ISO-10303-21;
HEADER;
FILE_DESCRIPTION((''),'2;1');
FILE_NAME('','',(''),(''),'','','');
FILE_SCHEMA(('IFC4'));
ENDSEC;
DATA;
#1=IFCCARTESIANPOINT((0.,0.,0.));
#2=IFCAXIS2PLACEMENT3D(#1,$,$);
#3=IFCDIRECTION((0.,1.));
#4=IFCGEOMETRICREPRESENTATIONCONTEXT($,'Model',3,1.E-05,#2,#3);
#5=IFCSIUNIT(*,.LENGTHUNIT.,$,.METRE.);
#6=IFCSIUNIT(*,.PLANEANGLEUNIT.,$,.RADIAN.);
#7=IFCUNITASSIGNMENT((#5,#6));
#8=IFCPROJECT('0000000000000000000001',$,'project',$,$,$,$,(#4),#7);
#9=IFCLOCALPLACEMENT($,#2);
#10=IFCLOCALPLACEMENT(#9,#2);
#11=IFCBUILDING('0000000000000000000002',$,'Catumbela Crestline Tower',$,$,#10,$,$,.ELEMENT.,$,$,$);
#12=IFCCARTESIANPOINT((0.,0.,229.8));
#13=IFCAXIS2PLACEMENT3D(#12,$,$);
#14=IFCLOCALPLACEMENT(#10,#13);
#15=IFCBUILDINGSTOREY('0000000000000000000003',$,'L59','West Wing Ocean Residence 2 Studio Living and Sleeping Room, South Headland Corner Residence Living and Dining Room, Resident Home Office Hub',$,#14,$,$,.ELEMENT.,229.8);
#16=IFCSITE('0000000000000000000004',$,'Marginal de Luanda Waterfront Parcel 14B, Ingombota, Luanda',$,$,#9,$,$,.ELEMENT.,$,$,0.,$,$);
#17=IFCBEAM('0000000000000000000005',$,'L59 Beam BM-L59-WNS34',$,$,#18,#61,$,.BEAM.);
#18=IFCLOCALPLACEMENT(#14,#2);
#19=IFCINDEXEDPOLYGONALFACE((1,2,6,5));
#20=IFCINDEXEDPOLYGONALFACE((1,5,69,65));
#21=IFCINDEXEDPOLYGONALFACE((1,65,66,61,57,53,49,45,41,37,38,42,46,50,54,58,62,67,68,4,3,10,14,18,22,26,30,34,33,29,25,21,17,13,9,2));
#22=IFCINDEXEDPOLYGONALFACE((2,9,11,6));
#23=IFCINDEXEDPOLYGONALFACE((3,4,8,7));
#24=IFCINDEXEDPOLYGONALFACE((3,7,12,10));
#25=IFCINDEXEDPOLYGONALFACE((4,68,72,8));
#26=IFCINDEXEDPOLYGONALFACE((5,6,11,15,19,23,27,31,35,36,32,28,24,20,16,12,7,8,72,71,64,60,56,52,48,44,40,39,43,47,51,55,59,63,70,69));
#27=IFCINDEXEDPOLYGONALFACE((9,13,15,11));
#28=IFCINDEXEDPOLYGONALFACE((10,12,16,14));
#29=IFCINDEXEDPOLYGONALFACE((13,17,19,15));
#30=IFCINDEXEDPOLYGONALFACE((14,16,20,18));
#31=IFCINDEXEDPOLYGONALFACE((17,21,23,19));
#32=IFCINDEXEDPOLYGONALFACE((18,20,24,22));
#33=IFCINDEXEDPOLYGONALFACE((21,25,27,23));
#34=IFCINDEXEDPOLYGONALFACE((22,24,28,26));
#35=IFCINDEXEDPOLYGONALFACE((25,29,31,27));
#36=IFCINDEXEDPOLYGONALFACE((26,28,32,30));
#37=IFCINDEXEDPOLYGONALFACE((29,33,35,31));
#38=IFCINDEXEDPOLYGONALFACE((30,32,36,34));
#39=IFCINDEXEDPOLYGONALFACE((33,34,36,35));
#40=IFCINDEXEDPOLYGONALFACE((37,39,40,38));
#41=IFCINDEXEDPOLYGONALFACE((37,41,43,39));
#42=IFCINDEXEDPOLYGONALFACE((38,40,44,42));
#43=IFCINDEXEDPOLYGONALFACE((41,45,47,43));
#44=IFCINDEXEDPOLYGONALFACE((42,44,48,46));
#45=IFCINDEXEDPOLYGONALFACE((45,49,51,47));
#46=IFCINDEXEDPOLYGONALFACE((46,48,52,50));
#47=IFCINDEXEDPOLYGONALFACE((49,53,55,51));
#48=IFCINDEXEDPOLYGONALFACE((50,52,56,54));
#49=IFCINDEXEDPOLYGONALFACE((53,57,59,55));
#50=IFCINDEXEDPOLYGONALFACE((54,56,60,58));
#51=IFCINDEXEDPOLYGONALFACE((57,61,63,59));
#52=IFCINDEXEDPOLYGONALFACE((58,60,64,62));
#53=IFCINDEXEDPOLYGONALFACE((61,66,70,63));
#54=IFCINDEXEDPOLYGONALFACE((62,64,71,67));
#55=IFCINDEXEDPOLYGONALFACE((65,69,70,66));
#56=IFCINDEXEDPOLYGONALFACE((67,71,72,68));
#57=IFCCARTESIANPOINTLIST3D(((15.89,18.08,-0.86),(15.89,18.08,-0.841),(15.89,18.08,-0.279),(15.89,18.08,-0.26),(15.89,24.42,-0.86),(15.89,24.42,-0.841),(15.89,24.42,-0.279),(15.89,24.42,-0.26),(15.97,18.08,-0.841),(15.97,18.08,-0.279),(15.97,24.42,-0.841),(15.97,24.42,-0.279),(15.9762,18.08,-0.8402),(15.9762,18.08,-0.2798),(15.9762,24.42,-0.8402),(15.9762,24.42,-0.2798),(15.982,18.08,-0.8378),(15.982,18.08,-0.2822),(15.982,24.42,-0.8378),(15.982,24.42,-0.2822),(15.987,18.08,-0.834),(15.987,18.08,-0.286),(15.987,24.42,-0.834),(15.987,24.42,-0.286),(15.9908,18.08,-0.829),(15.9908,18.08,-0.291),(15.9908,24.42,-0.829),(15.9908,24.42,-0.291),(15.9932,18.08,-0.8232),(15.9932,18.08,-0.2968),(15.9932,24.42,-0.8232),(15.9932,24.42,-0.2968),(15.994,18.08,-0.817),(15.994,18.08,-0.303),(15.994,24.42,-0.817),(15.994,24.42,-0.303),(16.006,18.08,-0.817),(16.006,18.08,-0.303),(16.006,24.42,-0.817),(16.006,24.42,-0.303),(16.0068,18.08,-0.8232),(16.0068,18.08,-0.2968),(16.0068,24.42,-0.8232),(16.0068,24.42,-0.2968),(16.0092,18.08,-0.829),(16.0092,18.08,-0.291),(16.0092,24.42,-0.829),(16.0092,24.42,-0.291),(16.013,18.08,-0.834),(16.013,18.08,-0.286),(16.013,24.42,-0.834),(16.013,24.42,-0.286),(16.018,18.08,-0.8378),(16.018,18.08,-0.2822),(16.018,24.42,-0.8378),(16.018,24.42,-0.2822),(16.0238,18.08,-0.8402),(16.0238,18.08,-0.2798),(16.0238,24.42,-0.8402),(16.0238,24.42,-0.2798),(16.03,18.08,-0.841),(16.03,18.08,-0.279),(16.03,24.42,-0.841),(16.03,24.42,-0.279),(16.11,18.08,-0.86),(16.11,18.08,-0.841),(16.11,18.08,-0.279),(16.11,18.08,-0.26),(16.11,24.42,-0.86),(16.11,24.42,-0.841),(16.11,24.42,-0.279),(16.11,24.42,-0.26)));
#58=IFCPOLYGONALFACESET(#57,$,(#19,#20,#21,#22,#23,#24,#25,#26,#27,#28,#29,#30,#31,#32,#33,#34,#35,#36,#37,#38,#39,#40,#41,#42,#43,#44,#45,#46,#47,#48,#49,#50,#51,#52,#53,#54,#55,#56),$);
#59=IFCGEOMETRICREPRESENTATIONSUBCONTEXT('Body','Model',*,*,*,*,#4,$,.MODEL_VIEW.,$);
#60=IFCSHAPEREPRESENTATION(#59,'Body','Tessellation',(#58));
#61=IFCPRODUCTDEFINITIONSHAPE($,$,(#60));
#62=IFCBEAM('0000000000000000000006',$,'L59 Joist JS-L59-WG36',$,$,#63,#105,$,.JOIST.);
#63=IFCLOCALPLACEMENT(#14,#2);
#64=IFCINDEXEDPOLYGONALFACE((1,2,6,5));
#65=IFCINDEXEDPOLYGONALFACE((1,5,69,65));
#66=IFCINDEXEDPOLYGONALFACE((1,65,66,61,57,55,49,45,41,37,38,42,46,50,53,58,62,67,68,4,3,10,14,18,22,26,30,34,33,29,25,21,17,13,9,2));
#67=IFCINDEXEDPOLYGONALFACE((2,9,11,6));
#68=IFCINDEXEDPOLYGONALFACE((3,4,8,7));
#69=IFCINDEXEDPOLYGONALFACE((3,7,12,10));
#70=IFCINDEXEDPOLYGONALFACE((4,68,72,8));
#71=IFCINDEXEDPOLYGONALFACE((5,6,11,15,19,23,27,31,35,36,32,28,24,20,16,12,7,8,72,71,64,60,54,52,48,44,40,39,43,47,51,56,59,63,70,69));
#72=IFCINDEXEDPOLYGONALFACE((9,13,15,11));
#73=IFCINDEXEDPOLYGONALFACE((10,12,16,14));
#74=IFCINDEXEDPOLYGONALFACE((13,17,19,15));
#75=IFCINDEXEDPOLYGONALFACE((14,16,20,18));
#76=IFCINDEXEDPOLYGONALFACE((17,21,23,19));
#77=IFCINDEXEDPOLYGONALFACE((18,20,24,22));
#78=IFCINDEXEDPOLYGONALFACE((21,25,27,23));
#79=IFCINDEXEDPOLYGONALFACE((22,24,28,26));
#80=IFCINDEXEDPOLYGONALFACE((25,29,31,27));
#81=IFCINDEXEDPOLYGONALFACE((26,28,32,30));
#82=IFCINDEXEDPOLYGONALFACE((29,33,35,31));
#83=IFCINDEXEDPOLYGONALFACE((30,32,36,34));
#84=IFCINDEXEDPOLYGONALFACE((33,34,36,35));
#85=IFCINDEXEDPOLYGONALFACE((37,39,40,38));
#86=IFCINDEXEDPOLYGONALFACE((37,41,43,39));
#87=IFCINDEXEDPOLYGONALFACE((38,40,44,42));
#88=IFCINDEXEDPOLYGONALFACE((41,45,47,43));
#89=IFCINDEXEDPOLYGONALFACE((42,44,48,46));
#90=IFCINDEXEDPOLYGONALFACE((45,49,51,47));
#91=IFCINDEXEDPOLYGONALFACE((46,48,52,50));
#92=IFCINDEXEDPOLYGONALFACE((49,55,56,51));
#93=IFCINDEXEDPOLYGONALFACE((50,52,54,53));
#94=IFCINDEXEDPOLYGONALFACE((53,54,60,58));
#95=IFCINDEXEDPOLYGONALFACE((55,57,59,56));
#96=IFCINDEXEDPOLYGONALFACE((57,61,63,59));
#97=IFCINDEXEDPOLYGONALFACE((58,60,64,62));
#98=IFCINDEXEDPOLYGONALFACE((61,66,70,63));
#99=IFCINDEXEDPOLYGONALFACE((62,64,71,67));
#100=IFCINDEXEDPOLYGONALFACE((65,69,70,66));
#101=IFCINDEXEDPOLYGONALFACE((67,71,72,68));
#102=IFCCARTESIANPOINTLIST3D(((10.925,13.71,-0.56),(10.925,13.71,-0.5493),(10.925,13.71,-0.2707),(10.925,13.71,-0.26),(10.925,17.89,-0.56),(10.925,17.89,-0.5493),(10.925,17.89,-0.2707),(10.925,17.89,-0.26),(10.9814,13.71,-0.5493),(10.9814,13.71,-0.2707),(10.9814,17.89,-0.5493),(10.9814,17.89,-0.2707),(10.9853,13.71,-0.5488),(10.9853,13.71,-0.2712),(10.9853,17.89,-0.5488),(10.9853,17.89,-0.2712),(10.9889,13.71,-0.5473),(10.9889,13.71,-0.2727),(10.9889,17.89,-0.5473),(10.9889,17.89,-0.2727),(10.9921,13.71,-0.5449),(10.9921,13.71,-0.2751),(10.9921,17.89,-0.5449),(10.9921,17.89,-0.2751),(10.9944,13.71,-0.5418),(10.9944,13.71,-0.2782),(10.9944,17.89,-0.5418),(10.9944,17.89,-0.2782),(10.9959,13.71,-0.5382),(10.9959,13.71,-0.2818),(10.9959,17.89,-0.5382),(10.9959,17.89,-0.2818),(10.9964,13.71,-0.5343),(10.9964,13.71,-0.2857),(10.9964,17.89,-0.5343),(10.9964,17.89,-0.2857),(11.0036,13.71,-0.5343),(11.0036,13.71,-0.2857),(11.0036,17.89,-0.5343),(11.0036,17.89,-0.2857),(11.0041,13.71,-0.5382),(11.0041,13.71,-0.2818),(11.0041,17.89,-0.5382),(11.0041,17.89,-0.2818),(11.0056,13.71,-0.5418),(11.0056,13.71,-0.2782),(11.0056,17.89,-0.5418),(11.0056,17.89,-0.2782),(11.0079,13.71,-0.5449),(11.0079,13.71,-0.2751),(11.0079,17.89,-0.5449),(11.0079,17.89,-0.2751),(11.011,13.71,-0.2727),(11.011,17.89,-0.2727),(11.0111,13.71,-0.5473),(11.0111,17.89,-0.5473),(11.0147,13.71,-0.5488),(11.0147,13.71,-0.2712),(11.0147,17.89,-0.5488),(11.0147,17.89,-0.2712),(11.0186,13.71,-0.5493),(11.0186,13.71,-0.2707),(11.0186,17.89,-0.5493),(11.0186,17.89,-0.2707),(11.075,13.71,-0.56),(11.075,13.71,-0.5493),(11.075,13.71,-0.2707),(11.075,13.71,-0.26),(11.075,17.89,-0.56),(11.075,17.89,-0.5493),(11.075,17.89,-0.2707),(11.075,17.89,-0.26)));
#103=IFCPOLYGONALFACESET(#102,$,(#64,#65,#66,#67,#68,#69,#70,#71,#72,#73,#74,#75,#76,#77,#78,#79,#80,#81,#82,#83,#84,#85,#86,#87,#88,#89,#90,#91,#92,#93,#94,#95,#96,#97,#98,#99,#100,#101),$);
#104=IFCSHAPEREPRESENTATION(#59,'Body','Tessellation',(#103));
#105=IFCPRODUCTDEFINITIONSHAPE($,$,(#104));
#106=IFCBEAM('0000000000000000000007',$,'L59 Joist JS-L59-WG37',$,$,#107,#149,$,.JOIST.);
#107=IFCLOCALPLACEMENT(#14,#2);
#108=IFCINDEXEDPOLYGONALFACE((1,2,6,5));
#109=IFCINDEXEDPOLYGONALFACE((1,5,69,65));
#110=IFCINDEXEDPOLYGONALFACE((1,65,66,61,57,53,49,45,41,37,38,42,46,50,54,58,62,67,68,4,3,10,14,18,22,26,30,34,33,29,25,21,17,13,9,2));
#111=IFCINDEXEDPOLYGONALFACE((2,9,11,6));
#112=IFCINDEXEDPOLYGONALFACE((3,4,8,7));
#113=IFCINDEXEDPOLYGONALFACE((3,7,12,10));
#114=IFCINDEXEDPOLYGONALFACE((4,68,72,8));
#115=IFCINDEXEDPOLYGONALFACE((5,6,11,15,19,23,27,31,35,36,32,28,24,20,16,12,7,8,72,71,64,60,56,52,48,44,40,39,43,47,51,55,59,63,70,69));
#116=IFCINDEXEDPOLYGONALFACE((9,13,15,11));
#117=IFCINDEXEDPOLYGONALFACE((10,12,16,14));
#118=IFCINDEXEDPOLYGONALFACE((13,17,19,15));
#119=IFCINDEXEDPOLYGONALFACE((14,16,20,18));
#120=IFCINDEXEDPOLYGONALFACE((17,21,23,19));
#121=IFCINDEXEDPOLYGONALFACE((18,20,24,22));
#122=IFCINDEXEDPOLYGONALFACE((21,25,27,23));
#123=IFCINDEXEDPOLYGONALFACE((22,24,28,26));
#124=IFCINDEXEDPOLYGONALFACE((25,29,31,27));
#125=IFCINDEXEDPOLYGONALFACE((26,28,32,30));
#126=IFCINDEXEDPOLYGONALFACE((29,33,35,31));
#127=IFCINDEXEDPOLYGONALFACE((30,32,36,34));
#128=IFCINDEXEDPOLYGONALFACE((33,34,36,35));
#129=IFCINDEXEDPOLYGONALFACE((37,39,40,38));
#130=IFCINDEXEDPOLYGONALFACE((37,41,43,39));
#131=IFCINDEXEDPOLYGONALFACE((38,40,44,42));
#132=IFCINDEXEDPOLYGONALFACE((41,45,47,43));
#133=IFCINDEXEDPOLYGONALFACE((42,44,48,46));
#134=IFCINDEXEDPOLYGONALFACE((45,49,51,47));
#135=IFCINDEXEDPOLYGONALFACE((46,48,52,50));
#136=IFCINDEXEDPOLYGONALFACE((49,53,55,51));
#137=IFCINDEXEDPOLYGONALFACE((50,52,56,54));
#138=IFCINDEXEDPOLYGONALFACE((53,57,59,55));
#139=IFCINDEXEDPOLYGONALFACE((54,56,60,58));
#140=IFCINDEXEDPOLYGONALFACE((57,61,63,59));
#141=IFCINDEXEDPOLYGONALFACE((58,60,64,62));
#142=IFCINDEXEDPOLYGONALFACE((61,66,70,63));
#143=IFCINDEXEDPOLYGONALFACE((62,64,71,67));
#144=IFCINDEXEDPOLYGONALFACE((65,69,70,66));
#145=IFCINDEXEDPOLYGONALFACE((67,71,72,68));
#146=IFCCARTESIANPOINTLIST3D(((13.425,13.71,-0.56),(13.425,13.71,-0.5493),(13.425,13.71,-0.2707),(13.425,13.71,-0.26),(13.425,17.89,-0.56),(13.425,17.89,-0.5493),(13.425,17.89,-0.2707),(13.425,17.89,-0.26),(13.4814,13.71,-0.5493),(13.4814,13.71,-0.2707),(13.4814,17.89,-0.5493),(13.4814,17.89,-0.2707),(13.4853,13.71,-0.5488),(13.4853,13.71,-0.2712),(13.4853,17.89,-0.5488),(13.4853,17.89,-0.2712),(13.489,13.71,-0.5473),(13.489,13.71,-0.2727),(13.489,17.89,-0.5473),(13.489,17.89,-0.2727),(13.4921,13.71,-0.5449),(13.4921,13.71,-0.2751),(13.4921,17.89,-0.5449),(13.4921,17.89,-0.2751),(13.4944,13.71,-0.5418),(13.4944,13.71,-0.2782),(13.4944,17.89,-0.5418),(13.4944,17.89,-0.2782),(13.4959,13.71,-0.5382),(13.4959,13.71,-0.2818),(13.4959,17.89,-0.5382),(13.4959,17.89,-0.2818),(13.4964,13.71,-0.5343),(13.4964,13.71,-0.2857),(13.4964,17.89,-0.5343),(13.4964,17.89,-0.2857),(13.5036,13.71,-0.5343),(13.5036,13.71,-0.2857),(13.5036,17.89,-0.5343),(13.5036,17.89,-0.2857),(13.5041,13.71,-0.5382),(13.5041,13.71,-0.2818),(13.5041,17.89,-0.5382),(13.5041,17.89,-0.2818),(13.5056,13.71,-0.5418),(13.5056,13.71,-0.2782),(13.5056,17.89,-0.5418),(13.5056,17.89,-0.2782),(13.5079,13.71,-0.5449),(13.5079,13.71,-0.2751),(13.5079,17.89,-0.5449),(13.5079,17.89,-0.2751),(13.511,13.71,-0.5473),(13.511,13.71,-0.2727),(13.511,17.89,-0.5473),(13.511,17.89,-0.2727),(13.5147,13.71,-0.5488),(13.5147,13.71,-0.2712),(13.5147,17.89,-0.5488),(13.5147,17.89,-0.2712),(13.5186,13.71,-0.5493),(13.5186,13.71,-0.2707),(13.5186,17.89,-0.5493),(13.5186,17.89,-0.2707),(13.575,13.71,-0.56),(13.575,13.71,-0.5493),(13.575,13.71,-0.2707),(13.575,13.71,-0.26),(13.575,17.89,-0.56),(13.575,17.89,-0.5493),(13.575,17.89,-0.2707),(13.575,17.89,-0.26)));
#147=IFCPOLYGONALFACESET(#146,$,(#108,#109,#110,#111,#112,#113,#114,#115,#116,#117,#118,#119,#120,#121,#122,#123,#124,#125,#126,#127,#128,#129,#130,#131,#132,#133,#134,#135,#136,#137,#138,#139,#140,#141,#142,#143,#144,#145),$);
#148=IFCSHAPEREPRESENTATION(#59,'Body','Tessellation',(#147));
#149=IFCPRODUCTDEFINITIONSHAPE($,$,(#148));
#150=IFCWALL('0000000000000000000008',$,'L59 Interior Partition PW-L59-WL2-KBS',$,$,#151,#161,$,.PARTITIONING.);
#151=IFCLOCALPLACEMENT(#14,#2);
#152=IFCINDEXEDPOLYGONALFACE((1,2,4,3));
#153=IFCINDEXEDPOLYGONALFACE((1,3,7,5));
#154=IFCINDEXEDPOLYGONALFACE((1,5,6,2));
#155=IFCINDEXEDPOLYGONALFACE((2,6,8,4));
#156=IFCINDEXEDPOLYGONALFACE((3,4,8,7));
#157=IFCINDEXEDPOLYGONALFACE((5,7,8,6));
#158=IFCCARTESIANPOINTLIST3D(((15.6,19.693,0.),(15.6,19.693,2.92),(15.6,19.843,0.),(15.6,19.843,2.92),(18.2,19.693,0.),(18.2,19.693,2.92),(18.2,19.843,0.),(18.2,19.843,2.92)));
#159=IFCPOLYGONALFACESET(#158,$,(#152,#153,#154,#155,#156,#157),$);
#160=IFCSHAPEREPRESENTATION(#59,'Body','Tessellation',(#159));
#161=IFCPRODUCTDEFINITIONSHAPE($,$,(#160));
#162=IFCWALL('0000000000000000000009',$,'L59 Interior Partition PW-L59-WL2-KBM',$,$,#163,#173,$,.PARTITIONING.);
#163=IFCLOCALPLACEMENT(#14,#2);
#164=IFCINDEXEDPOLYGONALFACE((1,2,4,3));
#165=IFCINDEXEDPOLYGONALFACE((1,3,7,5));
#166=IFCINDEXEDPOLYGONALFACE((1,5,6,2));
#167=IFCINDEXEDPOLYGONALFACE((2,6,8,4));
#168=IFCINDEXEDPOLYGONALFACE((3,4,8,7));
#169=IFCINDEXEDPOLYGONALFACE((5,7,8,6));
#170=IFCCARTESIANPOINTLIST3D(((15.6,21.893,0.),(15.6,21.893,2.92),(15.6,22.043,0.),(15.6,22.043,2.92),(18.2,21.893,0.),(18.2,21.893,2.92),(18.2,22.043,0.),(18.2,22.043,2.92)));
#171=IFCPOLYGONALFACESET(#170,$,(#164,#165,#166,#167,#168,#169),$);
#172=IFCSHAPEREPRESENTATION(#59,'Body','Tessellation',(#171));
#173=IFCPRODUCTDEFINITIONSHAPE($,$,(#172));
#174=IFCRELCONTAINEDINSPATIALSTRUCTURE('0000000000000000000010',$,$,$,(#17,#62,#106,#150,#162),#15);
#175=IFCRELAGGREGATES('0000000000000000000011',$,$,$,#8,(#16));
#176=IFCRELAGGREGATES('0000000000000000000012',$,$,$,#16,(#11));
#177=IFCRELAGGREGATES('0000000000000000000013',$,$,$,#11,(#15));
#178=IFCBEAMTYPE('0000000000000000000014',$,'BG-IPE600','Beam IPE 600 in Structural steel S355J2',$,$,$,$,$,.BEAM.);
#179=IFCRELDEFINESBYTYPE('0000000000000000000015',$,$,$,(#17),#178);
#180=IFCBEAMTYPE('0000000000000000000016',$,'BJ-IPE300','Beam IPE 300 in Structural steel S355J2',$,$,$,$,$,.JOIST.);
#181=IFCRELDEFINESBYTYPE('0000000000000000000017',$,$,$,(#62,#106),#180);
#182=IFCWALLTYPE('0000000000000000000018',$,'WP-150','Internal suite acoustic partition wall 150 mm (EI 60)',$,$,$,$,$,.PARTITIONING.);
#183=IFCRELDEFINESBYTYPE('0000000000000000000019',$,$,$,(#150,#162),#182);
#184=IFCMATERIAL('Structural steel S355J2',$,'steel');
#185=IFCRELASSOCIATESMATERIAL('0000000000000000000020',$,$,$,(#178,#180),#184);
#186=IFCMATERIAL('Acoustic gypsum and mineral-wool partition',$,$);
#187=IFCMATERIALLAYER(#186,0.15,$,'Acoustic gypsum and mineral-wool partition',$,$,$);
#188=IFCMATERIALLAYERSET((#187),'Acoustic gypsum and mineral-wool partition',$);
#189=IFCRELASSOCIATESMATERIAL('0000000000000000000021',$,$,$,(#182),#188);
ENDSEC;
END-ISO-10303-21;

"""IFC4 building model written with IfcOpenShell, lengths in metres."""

from ifc_helpers import new_model, si_unit, direction, frame, frame_2d, origin, origin_2d, place, context, subcontext, project, spatial, rectangle, i_section, extrude, material, layer, layer_set, material_profile, profile_set, type_object, element, save


model = new_model("IFC4")

# Units and contexts
model_context = context("Model", 3, precision=1e-05, world=origin(), true_north=direction((0.0, 1.0)))
body_context = subcontext(model_context, "Body", "Model", "MODEL_VIEW")
ifc_project = project(units=[si_unit("LENGTHUNIT", "METRE"), si_unit("PLANEANGLEUNIT", "RADIAN")], contexts=[model_context])

# Site, building, storey
site_placement = place(None, origin())
site = spatial("IfcSite", under=ifc_project, at=site_placement, Name="Marginal de Luanda Waterfront Parcel 14B, Ingombota, Luanda", CompositionType="ELEMENT", RefElevation=0.0)
building_placement = place(site_placement, origin())
building = spatial("IfcBuilding", under=site, at=building_placement, Name="Catumbela Crestline Tower", CompositionType="ELEMENT")
storey_placement = place(building_placement, frame((0.0, 0.0, 229.8)))
storey = spatial("IfcBuildingStorey", under=building, at=storey_placement, Name="L59", Description="West Wing Ocean Residence 2 Studio Living and Sleeping Room, South Headland Corner Residence Living and Dining Room, Resident Home Office Hub", CompositionType="ELEMENT", Elevation=229.8)

# Shared definitions
ifc_material_1 = material(Name="Structural steel S355J2", Category="steel")

# Beams
ifc_material_profile_1 = material_profile(ifc_material_1, i_section(OverallWidth=0.22, OverallDepth=0.6, WebThickness=0.012, FlangeThickness=0.019, FilletRadius=0.024, at=origin_2d()), Name="IPE 600")
ifc_profile_set_1 = profile_set([ifc_material_profile_1], Name="Structural steel S355J2")
beam_type_1 = type_object("IfcBeamType", Name="BG-IPE600", Description="Beam IPE 600 in Structural steel S355J2", PredefinedType="BEAM", material=ifc_profile_set_1)
beam_1_placement = place(storey_placement, frame((16.0, 18.08, -0.56), z_axis=(0.0, 1.0, 0.0), x_axis=(-1.0, 0.0, 0.0)))
element("IfcBeam", 1, at=beam_1_placement, inside=storey, type_object=beam_type_1, Name="L59 Beam BM-L59-WNS34", PredefinedType="BEAM", context=body_context, shape_type="SweptSolid", body=[
    extrude(i_section(OverallWidth=0.22, OverallDepth=0.6, WebThickness=0.012, FlangeThickness=0.019, FilletRadius=0.024, at=origin_2d()), origin(), (0.0, 0.0, 1.0), 6.34),
])
ifc_material_profile_2 = material_profile(ifc_material_1, i_section(OverallWidth=0.15, OverallDepth=0.3, WebThickness=0.0071, FlangeThickness=0.0107, FilletRadius=0.015, at=origin_2d()), Name="IPE 300")
ifc_profile_set_2 = profile_set([ifc_material_profile_2], Name="Structural steel S355J2")
beam_type_2 = type_object("IfcBeamType", Name="BJ-IPE300", Description="Beam IPE 300 in Structural steel S355J2", PredefinedType="JOIST", material=ifc_profile_set_2)
for number, where, z_axis, x_axis, name in (
    (2, (11.0, 13.71, -0.41), (0.0, 1.0, 0.0), (-1.0, 0.0, 0.0), "L59 Joist JS-L59-WG36"),
    (3, (13.5, 13.71, -0.41), (0.0, 1.0, 0.0), (-1.0, 0.0, 0.0), "L59 Joist JS-L59-WG37"),
):
    element("IfcBeam", number, at=place(storey_placement, frame(where, z_axis=z_axis, x_axis=x_axis)), inside=storey, type_object=beam_type_2, Name=name, PredefinedType="JOIST", context=body_context, shape_type="SweptSolid", body=[
        extrude(i_section(OverallWidth=0.15, OverallDepth=0.3, WebThickness=0.0071, FlangeThickness=0.0107, FilletRadius=0.015, at=origin_2d()), origin(), (0.0, 0.0, 1.0), 4.18),
    ])

# Walls
ifc_material_2 = material(Name="Acoustic gypsum and mineral-wool partition")
ifc_layer = layer(ifc_material_2, 0.15, Name="Acoustic gypsum and mineral-wool partition")
ifc_layer_set = layer_set([ifc_layer], Name="Acoustic gypsum and mineral-wool partition")
wall_type = type_object("IfcWallType", Name="WP-150", Description="Internal suite acoustic partition wall 150 mm (EI 60)", PredefinedType="PARTITIONING", material=ifc_layer_set)
for number, where, z_axis, x_axis, name in (
    (4, (15.6, 19.768, 0.0), (0.0, 0.0, 1.0), (1.0, 0.0, 0.0), "L59 Interior Partition PW-L59-WL2-KBS"),
    (5, (15.6, 21.968, 0.0), (0.0, 0.0, 1.0), (1.0, 0.0, 0.0), "L59 Interior Partition PW-L59-WL2-KBM"),
):
    element("IfcWall", number, at=place(storey_placement, frame(where, z_axis=z_axis, x_axis=x_axis)), inside=storey, type_object=wall_type, Name=name, PredefinedType="PARTITIONING", context=body_context, shape_type="SweptSolid", body=[
        extrude(rectangle(XDim=2.6, YDim=0.15, at=frame_2d((1.3, 0.0))), origin(), (0.0, 0.0, 1.0), 2.92),
    ])

save(model, "model.ifc")
